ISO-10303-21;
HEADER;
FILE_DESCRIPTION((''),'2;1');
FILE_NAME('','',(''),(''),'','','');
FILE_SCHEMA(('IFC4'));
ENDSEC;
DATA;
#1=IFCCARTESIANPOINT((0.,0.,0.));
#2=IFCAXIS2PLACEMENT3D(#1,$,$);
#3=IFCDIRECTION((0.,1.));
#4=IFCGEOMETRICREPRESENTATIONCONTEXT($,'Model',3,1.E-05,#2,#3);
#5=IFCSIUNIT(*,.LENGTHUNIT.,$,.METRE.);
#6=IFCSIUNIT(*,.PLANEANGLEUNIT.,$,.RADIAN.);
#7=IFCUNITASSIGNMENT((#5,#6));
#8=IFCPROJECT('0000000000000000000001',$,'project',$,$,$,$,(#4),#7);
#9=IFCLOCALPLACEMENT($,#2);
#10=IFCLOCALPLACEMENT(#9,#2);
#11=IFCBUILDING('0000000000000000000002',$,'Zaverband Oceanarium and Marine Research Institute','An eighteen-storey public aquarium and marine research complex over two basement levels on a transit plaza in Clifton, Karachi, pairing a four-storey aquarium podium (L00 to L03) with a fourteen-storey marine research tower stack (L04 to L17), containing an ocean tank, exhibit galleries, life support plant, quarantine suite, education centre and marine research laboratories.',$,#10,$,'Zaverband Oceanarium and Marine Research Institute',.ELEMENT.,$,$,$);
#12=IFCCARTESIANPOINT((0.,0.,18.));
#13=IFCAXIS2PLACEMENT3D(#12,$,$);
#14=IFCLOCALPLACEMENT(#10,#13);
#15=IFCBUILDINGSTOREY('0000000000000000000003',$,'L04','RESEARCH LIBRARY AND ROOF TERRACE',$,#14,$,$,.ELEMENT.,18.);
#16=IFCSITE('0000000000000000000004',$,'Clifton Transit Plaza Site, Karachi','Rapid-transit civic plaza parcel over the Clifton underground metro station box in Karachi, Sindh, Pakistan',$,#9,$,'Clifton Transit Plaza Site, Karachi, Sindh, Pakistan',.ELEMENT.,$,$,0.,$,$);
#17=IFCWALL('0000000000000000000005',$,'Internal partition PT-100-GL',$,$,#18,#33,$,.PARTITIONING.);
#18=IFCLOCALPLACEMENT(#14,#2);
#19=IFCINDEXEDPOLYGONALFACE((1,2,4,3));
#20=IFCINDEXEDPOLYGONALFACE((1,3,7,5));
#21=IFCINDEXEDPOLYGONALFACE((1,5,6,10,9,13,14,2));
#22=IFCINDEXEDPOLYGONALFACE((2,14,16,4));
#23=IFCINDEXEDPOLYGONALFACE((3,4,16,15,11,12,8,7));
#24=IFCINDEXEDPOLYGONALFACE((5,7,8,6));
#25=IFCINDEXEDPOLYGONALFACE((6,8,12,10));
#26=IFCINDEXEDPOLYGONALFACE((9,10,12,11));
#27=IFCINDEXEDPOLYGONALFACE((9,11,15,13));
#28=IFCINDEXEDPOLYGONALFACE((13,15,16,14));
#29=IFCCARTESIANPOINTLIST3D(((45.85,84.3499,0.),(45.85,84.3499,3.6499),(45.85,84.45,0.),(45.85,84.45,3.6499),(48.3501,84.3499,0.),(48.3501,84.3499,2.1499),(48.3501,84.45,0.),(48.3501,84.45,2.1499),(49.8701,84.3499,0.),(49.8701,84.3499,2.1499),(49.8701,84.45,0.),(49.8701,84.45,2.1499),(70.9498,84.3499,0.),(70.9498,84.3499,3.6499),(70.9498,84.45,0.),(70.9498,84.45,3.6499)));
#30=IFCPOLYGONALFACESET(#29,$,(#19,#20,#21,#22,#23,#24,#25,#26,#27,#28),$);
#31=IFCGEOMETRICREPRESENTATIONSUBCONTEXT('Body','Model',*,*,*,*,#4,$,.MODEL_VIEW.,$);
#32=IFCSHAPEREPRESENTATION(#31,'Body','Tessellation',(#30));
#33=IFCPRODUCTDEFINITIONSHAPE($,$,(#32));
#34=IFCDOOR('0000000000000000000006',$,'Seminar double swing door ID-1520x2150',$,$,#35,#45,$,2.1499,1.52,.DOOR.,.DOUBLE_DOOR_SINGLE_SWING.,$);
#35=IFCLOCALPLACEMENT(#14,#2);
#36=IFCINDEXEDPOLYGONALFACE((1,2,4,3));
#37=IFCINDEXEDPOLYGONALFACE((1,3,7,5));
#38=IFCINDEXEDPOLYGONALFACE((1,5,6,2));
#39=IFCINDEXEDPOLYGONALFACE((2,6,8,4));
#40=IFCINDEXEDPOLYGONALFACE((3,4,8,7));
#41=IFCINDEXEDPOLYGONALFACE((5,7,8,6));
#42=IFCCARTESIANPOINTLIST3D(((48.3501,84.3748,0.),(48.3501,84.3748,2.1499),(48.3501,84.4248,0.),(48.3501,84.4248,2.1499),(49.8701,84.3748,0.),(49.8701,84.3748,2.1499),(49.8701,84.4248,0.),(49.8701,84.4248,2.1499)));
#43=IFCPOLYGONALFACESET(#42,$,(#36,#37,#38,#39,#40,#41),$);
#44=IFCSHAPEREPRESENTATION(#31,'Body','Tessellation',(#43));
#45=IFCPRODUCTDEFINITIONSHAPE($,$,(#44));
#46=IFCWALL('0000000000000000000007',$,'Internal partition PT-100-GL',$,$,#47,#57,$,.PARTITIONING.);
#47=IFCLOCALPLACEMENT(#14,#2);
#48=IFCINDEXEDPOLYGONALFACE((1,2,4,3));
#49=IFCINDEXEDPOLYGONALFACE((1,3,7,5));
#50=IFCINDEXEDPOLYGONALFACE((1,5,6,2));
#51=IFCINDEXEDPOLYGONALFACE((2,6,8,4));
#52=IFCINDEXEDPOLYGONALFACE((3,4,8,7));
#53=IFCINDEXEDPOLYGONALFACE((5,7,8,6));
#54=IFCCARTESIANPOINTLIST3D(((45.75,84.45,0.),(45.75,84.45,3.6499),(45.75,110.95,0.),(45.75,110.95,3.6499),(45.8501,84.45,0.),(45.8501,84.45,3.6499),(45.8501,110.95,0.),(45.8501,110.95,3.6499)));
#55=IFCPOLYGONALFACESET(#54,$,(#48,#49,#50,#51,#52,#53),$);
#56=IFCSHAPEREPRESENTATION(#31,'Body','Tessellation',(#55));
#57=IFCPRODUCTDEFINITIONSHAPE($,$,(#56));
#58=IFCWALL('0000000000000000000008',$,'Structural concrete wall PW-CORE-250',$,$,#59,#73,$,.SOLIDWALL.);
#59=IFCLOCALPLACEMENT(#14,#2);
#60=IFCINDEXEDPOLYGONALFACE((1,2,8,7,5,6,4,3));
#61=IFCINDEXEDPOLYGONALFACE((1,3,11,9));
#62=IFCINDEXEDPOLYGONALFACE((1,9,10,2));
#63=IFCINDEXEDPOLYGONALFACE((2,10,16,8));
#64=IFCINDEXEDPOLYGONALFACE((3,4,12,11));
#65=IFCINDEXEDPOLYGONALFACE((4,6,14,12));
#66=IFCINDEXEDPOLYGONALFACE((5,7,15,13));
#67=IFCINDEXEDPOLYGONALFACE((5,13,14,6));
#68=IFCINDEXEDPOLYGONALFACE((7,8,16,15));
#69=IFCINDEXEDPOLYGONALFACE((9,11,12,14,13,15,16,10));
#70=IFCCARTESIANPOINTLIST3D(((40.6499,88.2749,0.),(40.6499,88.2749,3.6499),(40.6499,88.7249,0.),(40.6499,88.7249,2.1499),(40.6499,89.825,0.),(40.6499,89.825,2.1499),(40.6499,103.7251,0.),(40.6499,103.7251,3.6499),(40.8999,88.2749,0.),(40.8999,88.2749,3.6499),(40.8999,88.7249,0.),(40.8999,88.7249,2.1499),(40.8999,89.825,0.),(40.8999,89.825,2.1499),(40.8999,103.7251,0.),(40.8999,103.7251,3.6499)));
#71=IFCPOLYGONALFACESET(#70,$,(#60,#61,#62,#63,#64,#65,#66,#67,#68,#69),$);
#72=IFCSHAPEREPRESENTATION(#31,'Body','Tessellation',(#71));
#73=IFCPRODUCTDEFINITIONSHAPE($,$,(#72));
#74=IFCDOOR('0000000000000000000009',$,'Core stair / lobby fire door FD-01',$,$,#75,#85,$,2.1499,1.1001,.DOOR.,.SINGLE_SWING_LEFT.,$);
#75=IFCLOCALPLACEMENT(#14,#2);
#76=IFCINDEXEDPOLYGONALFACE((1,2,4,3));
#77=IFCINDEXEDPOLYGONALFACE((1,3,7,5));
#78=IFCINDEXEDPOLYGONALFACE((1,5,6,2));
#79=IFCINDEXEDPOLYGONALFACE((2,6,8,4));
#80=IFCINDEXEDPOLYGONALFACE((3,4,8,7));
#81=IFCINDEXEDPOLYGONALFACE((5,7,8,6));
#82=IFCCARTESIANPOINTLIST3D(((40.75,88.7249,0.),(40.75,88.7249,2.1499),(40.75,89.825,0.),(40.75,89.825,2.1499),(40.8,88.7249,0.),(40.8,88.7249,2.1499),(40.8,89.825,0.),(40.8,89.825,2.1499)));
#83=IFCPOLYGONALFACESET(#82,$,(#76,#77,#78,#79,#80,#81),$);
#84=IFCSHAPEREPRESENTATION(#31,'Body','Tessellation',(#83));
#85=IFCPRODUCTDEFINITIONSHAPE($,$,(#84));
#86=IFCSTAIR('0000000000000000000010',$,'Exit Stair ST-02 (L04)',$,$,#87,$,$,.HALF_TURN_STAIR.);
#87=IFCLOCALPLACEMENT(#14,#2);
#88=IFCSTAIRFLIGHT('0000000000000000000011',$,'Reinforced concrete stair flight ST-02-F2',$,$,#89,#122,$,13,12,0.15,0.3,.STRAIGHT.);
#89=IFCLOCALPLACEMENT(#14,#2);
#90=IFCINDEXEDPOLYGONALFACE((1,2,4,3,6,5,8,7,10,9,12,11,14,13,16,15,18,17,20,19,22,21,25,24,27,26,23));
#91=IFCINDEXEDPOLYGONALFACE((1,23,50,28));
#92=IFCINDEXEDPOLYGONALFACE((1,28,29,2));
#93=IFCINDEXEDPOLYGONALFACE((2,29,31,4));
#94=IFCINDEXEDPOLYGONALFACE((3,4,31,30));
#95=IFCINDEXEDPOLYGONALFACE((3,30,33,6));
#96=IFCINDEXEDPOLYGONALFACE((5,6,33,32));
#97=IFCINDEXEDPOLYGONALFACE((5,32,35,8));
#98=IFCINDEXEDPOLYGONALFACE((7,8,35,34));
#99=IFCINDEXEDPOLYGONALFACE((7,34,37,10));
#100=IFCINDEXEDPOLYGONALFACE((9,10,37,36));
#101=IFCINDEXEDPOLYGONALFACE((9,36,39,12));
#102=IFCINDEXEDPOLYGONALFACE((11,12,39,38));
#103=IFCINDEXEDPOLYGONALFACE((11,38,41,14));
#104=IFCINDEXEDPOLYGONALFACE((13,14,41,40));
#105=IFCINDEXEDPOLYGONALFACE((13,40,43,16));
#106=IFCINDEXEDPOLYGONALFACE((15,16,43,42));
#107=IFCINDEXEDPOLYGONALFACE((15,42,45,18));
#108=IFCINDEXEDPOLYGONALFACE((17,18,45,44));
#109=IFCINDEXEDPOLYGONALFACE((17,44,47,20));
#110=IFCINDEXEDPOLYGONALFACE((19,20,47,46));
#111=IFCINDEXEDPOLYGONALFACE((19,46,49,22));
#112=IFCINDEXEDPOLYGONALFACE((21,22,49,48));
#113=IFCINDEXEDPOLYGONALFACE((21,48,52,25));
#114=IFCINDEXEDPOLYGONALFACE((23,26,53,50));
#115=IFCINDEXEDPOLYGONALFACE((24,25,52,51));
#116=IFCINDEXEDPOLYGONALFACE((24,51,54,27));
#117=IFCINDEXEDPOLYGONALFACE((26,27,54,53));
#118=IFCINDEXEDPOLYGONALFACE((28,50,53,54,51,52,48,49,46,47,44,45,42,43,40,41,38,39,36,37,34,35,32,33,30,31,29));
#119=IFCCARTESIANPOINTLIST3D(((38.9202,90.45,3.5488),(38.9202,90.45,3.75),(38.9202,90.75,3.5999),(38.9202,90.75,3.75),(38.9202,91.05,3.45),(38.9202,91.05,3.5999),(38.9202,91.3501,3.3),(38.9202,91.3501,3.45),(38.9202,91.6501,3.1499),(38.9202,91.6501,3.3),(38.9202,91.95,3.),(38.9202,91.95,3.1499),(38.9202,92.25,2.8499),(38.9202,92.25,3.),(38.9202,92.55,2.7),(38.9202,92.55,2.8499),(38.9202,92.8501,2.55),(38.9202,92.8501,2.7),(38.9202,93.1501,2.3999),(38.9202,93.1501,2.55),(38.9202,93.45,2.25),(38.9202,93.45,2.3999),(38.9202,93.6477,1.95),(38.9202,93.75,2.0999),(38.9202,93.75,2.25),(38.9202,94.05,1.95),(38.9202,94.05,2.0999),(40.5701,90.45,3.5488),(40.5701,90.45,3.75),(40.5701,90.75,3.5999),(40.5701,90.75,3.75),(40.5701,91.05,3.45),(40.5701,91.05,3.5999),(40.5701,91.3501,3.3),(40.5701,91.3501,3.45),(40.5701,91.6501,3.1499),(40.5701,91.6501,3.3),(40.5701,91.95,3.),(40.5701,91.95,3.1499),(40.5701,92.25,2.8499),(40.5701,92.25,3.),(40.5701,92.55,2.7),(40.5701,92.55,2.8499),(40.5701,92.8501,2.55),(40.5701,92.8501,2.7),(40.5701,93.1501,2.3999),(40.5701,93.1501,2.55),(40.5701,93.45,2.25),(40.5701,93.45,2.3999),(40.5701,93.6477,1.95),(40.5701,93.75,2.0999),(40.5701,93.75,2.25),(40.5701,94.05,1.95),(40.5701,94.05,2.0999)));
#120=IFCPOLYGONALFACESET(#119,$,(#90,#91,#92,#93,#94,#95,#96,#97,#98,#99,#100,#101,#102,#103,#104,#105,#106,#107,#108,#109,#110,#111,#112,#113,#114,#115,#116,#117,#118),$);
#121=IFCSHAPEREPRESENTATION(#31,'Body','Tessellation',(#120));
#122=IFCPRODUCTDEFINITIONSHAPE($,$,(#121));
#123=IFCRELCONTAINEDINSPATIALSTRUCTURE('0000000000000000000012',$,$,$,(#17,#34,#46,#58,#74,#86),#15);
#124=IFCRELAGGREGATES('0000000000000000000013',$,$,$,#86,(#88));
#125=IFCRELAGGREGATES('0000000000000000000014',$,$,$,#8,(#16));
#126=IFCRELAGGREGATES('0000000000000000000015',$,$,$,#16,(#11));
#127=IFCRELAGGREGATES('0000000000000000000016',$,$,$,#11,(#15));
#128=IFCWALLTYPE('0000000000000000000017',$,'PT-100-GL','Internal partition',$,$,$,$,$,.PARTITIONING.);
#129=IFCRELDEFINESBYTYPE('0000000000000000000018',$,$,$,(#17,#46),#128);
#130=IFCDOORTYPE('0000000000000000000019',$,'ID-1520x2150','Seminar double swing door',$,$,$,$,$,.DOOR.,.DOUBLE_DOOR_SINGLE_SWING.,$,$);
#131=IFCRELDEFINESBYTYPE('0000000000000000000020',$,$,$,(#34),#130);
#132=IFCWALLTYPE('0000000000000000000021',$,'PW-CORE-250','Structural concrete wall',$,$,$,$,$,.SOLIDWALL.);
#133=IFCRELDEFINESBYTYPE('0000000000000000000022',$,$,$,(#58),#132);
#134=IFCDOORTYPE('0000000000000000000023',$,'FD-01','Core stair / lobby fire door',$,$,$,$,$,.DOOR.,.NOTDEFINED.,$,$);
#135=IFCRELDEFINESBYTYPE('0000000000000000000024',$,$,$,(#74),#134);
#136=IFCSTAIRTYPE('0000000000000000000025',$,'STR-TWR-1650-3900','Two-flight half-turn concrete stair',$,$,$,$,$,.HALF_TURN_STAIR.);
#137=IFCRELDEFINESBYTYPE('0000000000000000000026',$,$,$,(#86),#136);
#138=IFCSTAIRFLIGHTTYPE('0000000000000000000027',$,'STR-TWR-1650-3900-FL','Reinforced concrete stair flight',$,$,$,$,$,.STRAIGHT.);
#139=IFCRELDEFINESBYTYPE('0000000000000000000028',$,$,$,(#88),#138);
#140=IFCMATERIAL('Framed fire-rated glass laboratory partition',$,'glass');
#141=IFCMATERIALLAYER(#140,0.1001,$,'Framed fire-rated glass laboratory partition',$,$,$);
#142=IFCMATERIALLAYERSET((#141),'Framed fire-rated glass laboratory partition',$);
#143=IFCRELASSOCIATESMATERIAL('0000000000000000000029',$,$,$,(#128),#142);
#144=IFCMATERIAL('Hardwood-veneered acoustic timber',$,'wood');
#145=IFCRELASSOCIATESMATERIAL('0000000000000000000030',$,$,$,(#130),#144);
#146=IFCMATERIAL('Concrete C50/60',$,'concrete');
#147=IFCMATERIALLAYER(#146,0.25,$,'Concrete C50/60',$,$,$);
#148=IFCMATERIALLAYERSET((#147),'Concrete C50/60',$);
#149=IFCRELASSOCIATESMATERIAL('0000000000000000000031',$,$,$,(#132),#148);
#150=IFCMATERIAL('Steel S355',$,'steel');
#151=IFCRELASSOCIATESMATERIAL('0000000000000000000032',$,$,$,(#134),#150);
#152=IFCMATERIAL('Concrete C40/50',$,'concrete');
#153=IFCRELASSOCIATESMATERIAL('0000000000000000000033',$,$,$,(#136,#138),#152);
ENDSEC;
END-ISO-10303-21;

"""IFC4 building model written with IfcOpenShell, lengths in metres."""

from ifc_helpers import new_model, si_unit, direction, frame, frame_2d, origin, place, context, subcontext, project, spatial, polyline, rectangle, outline, extrude, material, layer, layer_set, type_object, element, fill, aggregate, save


model = new_model("IFC4")

# Units and contexts
model_context = context("Model", 3, precision=1e-05, world=origin(), true_north=direction((0.0, 1.0)))
body_context = subcontext(model_context, "Body", "Model", "MODEL_VIEW")
ifc_project = project(units=[si_unit("LENGTHUNIT", "METRE"), si_unit("PLANEANGLEUNIT", "RADIAN")], contexts=[model_context])

# Site, building, storey
site_placement = place(None, origin())
site = spatial("IfcSite", under=ifc_project, at=site_placement, Name="Clifton Transit Plaza Site, Karachi", Description="Rapid-transit civic plaza parcel over the Clifton underground metro station box in Karachi, Sindh, Pakistan", LongName="Clifton Transit Plaza Site, Karachi, Sindh, Pakistan", CompositionType="ELEMENT", RefElevation=0.0)
building_placement = place(site_placement, origin())
building = spatial("IfcBuilding", under=site, at=building_placement, Name="Zaverband Oceanarium and Marine Research Institute", Description="An eighteen-storey public aquarium and marine research complex over two basement levels on a transit plaza in Clifton, Karachi, pairing a four-storey aquarium podium (L00 to L03) with a fourteen-storey marine research tower stack (L04 to L17), containing an ocean tank, exhibit galleries, life support plant, quarantine suite, education centre and marine research laboratories.", LongName="Zaverband Oceanarium and Marine Research Institute", CompositionType="ELEMENT")
storey_placement = place(building_placement, frame((0.0, 0.0, 18.0)))
storey = spatial("IfcBuildingStorey", under=building, at=storey_placement, Name="L04", Description="RESEARCH LIBRARY AND ROOF TERRACE", CompositionType="ELEMENT", Elevation=18.0)

# Shared definitions
ifc_material_1 = material(Name="Concrete C50/60", Category="concrete")

# Shared definitions
ifc_material_2 = material(Name="Concrete C40/50", Category="concrete")

# Shared definitions
ifc_material_3 = material(Name="Steel S355", Category="steel")

# Wall, opening, door
ifc_material_4 = material(Name="Framed fire-rated glass laboratory partition", Category="glass")
ifc_layer_1 = layer(ifc_material_4, 0.1001, Name="Framed fire-rated glass laboratory partition")
ifc_layer_set_1 = layer_set([ifc_layer_1], Name="Framed fire-rated glass laboratory partition")
wall_type_1 = type_object("IfcWallType", Name="PT-100-GL", Description="Internal partition", PredefinedType="PARTITIONING", material=ifc_layer_set_1)
wall_1_placement = place(storey_placement, frame((45.8501, 84.3999, 0.0), z_axis=(0.0, 0.0, 1.0), x_axis=(1.0, 0.0, 0.0)))
wall_1 = element("IfcWall", 1, at=wall_1_placement, inside=storey, type_object=wall_type_1, Name="Internal partition PT-100-GL", PredefinedType="PARTITIONING", context=body_context, shape_type="SweptSolid", body=[
    extrude(rectangle(XDim=25.0999, YDim=0.1001, at=frame_2d((12.5498, 0.0))), origin(), (0.0, 0.0, 1.0), 3.6499),
])
opening_1_placement = place(wall_1_placement, frame((2.5, 0.0, 0.0)))
opening_1 = element("IfcOpeningElement", 2, at=opening_1_placement, cuts=wall_1, PredefinedType="OPENING", context=body_context, shape_type="SweptSolid", body=[
    extrude(rectangle(XDim=1.52, YDim=2.1499, at=frame_2d((0.76, 1.075))), frame((0.0, 0.062, 0.0), z_axis=(0.0, -1.0, 0.0), x_axis=(1.0, 0.0, 0.0)), (0.0, 0.0, 1.0), 0.124),
])
ifc_material_5 = material(Name="Hardwood-veneered acoustic timber", Category="wood")
door_type_1 = type_object("IfcDoorType", Name="ID-1520x2150", Description="Seminar double swing door", OperationType="DOUBLE_DOOR_SINGLE_SWING", PredefinedType="DOOR", material=ifc_material_5)
door_1_placement = place(opening_1_placement, origin())
door_1 = element("IfcDoor", 3, at=door_1_placement, inside=storey, type_object=door_type_1, Name="Seminar double swing door ID-1520x2150", OperationType="DOUBLE_DOOR_SINGLE_SWING", OverallHeight=2.1499, OverallWidth=1.52, PredefinedType="DOOR", context=body_context, shape_type="SweptSolid", body=[
    extrude(rectangle(XDim=1.52, YDim=2.1499, at=frame_2d((0.76, 1.075))), frame((0.0, 0.0249, 0.0), z_axis=(0.0, -1.0, 0.0), x_axis=(1.0, 0.0, 0.0)), (0.0, 0.0, 1.0), 0.05),
])
fill(opening_1, door_1)

# Wall
wall_2_placement = place(storey_placement, frame((45.8, 84.45, 0.0), z_axis=(0.0, 0.0, 1.0), x_axis=(0.0, 1.0, 0.0)))
element("IfcWall", 4, at=wall_2_placement, inside=storey, type_object=wall_type_1, Name="Internal partition PT-100-GL", PredefinedType="PARTITIONING", context=body_context, shape_type="SweptSolid", body=[
    extrude(rectangle(XDim=26.5, YDim=0.1001, at=frame_2d((13.25, 0.0))), origin(), (0.0, 0.0, 1.0), 3.6499),
])

# Wall, opening, door
ifc_layer_2 = layer(ifc_material_1, 0.25, Name="Concrete C50/60")
ifc_layer_set_2 = layer_set([ifc_layer_2], Name="Concrete C50/60")
wall_type_2 = type_object("IfcWallType", Name="PW-CORE-250", Description="Structural concrete wall", PredefinedType="SOLIDWALL", material=ifc_layer_set_2)
wall_3_placement = place(storey_placement, frame((40.7749, 88.2749, 0.0), z_axis=(0.0, 0.0, 1.0), x_axis=(0.0, 1.0, 0.0)))
wall_3 = element("IfcWall", 5, at=wall_3_placement, inside=storey, type_object=wall_type_2, Name="Structural concrete wall PW-CORE-250", PredefinedType="SOLIDWALL", context=body_context, shape_type="SweptSolid", body=[
    extrude(rectangle(XDim=15.4502, YDim=0.25, at=frame_2d((7.7251, 0.0))), origin(), (0.0, 0.0, 1.0), 3.6499),
])
opening_2_placement = place(wall_3_placement, frame((0.45, 0.0, 0.0)))
opening_2 = element("IfcOpeningElement", 6, at=opening_2_placement, cuts=wall_3, PredefinedType="OPENING", context=body_context, shape_type="SweptSolid", body=[
    extrude(rectangle(XDim=1.1001, YDim=2.1499, at=frame_2d((0.55, 1.075))), frame((0.0, 0.137, 0.0), z_axis=(0.0, -1.0, 0.0), x_axis=(1.0, 0.0, 0.0)), (0.0, 0.0, 1.0), 0.2739),
])
door_type_2 = type_object("IfcDoorType", Name="FD-01", Description="Core stair / lobby fire door", OperationType="NOTDEFINED", PredefinedType="DOOR", material=ifc_material_3)
door_2_placement = place(opening_2_placement, origin())
door_2 = element("IfcDoor", 7, at=door_2_placement, inside=storey, type_object=door_type_2, Name="Core stair / lobby fire door FD-01", OperationType="SINGLE_SWING_LEFT", OverallHeight=2.1499, OverallWidth=1.1001, PredefinedType="DOOR", context=body_context, shape_type="SweptSolid", body=[
    extrude(rectangle(XDim=1.1001, YDim=2.1499, at=frame_2d((0.55, 1.075))), frame((0.0, 0.0249, 0.0), z_axis=(0.0, -1.0, 0.0), x_axis=(1.0, 0.0, 0.0)), (0.0, 0.0, 1.0), 0.05),
])
fill(opening_2, door_2)

# Stair, stair flight
stair_type = type_object("IfcStairType", Name="STR-TWR-1650-3900", Description="Two-flight half-turn concrete stair", PredefinedType="HALF_TURN_STAIR", material=ifc_material_2)
stair_placement = place(storey_placement, origin())
stair = element("IfcStair", 8, at=stair_placement, inside=storey, type_object=stair_type, Name="Exit Stair ST-02 (L04)", PredefinedType="HALF_TURN_STAIR")
stair_flight_type = type_object("IfcStairFlightType", Name="STR-TWR-1650-3900-FL", Description="Reinforced concrete stair flight", PredefinedType="STRAIGHT", material=ifc_material_2)
stair_flight_placement = place(storey_placement, frame((39.7451, 94.05, 1.95), z_axis=(0.0, 0.0, 1.0), x_axis=(0.0, -1.0, 0.0)))
stair_flight = element("IfcStairFlight", 9, at=stair_flight_placement, type_object=stair_flight_type, Name="Reinforced concrete stair flight ST-02-F2", NumberOfRisers=13, NumberOfTreads=12, PredefinedType="STRAIGHT", RiserHeight=0.15, TreadLength=0.3, context=body_context, shape_type="SweptSolid", body=[
    extrude(outline(polyline([(0.0, 0.0), (0.0, 0.1499), (0.3, 0.1499), (0.3, 0.3), (0.6001, 0.3), (0.6001, 0.45), (0.8999, 0.45), (0.8999, 0.6001), (1.2, 0.6001), (1.2, 0.75), (1.5, 0.75), (1.5, 0.8999), (1.8, 0.8999), (1.8, 1.05), (2.1001, 1.05), (2.1001, 1.2), (2.3999, 1.2), (2.3999, 1.3501), (2.7, 1.3501), (2.7, 1.5), (3.0, 1.5), (3.0, 1.6499), (3.3, 1.6499), (3.3, 1.8), (3.6001, 1.8), (3.6001, 1.95), (3.6001, 1.5989), (0.4023, 0.0), (0.0, 0.0)])), frame((0.0, 0.825, 0.0), z_axis=(0.0, -1.0, 0.0), x_axis=(1.0, 0.0, 0.0)), (0.0, 0.0, 1.0), 1.6499),
])
aggregate(stair, [stair_flight])

save(model, "model.ifc")
